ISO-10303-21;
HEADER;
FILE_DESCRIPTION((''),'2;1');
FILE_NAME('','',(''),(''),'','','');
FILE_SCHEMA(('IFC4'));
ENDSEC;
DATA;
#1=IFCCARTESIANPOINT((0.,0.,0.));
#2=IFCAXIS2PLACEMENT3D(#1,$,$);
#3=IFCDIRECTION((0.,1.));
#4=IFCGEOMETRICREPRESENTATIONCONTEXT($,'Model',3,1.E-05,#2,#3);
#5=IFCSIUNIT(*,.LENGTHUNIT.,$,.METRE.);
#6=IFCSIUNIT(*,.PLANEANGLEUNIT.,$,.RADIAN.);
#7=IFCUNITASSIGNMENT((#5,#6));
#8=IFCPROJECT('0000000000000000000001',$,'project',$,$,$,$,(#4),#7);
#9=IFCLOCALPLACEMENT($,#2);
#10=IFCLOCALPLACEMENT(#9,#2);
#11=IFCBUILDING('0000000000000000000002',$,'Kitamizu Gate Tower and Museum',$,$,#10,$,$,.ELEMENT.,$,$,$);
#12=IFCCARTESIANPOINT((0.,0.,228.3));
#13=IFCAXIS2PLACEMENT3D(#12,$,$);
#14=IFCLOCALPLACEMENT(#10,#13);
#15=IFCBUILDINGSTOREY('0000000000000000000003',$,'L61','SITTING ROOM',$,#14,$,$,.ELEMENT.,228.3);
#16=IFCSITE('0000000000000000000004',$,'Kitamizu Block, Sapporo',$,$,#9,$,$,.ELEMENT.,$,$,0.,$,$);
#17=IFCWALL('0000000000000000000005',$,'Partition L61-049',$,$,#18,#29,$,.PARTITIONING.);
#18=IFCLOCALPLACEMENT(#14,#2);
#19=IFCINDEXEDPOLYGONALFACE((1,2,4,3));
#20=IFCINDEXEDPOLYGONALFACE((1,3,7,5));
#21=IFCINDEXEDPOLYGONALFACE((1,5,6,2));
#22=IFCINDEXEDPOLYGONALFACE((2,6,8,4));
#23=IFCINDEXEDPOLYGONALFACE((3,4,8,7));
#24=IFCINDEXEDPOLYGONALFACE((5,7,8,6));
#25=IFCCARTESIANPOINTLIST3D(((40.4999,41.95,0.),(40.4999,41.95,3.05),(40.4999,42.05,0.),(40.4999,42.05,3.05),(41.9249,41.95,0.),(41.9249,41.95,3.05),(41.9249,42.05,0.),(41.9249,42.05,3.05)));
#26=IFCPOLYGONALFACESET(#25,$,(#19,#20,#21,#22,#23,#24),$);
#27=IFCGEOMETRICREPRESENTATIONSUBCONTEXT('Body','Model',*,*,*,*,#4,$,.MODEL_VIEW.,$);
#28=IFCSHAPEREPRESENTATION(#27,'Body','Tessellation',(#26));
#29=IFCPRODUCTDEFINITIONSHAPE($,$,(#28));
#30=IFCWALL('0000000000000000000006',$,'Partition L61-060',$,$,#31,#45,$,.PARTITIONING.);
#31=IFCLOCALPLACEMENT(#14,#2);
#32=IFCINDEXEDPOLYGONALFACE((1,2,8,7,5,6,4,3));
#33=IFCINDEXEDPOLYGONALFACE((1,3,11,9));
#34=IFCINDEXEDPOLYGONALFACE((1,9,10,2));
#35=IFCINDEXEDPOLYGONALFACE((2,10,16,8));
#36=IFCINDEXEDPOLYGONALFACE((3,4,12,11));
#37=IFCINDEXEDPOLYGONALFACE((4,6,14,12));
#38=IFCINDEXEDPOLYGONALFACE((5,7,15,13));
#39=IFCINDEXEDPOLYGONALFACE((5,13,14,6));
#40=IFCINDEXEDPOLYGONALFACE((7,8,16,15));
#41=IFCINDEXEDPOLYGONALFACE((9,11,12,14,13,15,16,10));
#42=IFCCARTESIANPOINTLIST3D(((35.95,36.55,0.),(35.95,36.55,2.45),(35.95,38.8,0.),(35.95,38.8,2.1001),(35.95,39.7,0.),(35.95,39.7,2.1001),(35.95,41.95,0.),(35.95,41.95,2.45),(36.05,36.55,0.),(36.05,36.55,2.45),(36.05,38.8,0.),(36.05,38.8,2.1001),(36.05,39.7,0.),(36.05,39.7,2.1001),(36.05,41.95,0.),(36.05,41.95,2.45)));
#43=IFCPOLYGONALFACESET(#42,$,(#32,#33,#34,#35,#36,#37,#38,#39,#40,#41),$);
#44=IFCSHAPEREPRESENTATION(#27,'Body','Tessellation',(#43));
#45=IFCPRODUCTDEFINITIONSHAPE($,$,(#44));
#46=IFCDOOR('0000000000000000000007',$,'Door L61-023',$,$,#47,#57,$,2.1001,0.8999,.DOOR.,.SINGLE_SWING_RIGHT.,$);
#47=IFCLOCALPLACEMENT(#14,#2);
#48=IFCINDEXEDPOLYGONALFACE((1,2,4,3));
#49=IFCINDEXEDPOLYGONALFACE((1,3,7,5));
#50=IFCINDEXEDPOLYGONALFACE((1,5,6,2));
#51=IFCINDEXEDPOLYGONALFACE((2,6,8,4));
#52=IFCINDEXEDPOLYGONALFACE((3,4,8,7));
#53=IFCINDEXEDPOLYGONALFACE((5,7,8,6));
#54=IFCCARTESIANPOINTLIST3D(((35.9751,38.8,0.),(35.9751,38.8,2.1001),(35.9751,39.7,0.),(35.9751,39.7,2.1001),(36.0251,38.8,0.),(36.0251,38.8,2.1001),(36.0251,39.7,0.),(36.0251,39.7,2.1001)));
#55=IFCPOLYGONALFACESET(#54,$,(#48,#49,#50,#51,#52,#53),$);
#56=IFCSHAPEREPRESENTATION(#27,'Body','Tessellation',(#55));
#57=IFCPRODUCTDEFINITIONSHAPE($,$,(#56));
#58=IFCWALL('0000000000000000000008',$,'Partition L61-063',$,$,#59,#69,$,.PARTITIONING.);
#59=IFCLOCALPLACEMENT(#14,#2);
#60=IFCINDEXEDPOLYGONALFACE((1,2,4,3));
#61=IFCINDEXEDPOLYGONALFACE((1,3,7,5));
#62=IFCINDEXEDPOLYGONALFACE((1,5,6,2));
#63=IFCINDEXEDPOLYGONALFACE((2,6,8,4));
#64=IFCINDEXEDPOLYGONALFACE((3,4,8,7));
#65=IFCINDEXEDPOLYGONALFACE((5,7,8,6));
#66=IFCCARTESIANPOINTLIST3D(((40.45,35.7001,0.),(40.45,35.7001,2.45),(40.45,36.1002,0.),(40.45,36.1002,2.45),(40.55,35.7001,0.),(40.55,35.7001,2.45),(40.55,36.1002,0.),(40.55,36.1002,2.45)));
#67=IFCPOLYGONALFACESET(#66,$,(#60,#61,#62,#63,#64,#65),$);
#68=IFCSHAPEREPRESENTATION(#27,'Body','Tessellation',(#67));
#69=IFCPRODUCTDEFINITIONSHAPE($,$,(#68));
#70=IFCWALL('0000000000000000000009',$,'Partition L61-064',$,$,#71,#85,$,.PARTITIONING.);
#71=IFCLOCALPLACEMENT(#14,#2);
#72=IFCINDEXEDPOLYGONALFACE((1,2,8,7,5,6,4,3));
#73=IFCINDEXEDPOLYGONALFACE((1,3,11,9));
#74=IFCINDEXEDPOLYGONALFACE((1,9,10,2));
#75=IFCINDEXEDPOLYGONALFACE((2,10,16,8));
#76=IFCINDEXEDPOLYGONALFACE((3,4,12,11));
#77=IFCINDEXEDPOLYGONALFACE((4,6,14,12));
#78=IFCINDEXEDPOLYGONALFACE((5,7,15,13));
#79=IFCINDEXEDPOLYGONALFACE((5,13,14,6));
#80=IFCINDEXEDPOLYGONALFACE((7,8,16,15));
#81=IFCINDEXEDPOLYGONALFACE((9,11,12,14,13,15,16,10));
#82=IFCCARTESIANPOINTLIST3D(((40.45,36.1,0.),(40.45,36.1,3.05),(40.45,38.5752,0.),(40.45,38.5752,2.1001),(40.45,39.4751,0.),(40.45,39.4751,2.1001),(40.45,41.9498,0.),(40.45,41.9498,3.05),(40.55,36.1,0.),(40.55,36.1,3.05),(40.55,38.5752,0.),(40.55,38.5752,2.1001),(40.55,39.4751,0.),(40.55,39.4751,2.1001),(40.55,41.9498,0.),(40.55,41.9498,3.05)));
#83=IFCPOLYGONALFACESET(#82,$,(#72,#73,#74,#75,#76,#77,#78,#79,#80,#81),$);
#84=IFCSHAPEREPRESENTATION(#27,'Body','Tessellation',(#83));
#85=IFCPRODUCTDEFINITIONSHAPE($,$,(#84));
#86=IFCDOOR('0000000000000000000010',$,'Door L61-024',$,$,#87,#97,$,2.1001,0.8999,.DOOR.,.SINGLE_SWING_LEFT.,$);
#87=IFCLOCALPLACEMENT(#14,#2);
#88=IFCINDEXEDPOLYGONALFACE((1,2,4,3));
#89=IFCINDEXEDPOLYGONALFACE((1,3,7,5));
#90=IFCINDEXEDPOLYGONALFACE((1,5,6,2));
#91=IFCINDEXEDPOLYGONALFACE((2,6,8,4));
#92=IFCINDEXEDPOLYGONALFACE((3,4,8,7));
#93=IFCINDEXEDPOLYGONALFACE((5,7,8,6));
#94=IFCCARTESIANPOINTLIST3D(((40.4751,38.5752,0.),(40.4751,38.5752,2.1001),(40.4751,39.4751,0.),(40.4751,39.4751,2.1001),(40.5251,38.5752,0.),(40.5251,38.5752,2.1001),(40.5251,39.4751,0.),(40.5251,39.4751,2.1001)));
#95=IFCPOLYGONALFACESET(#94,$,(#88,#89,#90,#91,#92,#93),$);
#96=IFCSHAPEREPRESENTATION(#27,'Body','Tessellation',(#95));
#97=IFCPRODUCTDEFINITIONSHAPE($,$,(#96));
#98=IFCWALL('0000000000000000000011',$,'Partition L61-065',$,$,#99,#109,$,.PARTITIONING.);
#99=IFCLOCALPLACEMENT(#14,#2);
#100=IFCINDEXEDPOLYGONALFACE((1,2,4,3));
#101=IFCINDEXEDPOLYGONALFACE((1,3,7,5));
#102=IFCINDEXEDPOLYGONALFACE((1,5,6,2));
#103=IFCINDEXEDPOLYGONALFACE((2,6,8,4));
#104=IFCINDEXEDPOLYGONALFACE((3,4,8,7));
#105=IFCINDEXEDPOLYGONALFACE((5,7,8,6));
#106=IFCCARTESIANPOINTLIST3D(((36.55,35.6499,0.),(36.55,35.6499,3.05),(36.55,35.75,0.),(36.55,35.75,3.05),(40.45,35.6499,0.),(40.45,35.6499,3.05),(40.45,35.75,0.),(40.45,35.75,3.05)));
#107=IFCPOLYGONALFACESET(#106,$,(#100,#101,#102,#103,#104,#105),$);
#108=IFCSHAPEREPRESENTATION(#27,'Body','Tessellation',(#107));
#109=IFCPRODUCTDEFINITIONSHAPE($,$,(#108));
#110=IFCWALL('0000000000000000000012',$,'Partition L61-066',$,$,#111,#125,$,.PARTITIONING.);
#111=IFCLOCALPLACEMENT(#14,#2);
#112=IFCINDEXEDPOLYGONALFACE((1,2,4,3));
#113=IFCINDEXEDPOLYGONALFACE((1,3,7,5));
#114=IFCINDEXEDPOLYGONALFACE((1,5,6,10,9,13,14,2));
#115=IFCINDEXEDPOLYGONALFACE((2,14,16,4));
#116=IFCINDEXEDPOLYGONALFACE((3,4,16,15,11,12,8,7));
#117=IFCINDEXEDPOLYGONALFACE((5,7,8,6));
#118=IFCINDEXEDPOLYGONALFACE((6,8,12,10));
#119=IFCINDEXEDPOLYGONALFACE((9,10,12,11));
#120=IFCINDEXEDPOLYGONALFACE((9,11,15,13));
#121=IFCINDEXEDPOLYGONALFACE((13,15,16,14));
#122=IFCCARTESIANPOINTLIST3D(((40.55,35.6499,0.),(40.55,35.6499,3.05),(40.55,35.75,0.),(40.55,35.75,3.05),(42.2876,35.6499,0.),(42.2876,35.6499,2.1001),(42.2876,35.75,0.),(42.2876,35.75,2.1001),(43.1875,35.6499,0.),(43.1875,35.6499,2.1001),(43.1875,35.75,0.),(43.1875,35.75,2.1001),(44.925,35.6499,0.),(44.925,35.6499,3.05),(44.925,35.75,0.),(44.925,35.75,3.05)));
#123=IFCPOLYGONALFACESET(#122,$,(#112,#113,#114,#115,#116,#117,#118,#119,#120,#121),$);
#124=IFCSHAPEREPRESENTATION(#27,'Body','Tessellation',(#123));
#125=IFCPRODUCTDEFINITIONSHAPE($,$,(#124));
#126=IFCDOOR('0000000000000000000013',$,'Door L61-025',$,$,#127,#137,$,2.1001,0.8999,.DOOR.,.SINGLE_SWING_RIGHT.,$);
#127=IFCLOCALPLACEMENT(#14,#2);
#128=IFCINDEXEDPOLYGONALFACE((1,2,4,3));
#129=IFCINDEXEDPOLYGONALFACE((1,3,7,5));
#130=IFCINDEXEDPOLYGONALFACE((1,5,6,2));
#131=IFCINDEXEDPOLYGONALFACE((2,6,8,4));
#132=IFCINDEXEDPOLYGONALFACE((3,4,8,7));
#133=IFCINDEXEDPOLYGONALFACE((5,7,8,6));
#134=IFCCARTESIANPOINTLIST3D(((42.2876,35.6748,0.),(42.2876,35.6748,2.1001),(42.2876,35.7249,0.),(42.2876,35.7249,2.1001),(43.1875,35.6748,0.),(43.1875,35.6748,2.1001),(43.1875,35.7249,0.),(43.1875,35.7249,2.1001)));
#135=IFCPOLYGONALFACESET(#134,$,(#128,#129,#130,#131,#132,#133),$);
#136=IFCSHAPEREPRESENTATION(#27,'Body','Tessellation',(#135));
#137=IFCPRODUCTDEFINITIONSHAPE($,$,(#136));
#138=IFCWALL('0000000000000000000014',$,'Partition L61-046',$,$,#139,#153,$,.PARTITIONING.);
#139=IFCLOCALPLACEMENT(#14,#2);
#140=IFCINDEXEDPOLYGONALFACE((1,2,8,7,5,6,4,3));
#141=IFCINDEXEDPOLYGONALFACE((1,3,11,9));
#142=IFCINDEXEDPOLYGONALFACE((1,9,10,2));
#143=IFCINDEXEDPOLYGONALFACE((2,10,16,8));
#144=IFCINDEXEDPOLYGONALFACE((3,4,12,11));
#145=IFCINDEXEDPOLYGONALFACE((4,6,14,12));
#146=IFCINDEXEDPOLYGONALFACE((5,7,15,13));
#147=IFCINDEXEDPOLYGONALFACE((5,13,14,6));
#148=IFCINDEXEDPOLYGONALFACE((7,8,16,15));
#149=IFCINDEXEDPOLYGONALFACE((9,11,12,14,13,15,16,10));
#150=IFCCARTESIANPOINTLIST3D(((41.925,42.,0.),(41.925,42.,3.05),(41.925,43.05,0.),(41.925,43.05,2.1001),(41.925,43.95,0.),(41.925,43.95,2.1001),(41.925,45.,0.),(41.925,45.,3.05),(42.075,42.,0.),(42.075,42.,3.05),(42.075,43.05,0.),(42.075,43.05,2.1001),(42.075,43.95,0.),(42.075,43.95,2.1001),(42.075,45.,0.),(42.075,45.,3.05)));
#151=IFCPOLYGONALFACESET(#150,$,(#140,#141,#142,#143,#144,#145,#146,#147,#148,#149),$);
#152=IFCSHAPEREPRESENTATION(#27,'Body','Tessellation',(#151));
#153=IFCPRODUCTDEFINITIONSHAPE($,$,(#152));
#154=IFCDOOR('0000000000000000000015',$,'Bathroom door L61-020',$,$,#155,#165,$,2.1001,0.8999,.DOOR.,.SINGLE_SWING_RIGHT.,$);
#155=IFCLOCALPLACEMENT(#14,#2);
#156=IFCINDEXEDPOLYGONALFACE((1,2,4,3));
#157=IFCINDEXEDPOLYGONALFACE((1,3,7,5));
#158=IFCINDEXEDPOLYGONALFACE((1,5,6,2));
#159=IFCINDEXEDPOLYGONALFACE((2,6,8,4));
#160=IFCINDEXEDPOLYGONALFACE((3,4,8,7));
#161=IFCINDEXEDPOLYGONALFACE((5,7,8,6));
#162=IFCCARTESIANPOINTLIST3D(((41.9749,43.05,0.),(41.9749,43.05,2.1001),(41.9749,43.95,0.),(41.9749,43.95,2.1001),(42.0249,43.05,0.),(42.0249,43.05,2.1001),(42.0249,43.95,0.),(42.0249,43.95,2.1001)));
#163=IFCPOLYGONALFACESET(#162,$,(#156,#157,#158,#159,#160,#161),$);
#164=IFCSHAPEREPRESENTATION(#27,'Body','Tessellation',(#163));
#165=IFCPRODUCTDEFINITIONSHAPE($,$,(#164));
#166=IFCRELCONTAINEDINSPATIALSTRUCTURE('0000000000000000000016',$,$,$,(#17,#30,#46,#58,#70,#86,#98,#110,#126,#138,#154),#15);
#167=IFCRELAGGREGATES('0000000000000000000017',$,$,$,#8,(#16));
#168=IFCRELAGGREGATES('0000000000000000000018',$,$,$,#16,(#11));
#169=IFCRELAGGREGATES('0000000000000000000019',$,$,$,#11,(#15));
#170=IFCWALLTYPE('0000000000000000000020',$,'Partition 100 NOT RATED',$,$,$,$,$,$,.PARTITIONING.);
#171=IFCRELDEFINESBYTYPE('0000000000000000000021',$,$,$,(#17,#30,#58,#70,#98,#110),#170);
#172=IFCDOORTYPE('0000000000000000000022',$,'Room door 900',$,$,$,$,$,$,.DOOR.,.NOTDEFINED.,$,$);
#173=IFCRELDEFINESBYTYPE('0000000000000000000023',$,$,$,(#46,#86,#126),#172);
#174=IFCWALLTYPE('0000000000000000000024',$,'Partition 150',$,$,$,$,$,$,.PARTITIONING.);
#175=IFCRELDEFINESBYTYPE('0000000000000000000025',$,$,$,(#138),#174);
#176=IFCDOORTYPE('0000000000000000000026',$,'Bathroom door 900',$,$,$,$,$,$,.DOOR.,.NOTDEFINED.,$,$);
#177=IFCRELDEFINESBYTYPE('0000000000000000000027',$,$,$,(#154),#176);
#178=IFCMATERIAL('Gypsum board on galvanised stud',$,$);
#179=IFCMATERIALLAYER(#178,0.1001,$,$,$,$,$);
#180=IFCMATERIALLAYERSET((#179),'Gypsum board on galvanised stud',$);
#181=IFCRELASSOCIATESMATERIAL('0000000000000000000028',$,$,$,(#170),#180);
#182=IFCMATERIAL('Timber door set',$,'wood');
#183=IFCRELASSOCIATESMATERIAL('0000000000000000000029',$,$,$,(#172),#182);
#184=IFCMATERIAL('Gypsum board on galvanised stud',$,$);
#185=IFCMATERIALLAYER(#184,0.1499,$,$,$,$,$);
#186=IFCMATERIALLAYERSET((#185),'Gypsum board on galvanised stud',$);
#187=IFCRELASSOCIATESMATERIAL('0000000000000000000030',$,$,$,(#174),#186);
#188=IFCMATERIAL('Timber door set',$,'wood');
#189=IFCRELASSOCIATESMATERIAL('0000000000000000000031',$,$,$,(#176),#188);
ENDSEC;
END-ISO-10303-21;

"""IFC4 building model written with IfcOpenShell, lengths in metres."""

from ifc_helpers import new_model, si_unit, direction, frame, frame_2d, origin, place, context, subcontext, project, spatial, rectangle, extrude, material, layer, layer_set, type_object, element, fill, save


model = new_model("IFC4")

# Units and contexts
model_context = context("Model", 3, precision=1e-05, world=origin(), true_north=direction((0.0, 1.0)))
body_context = subcontext(model_context, "Body", "Model", "MODEL_VIEW")
ifc_project = project(units=[si_unit("LENGTHUNIT", "METRE"), si_unit("PLANEANGLEUNIT", "RADIAN")], contexts=[model_context])

# Site, building, storey
site_placement = place(None, origin())
site = spatial("IfcSite", under=ifc_project, at=site_placement, Name="Kitamizu Block, Sapporo", CompositionType="ELEMENT", RefElevation=0.0)
building_placement = place(site_placement, origin())
building = spatial("IfcBuilding", under=site, at=building_placement, Name="Kitamizu Gate Tower and Museum", CompositionType="ELEMENT")
storey_placement = place(building_placement, frame((0.0, 0.0, 228.3)))
storey = spatial("IfcBuildingStorey", under=building, at=storey_placement, Name="L61", Description="SITTING ROOM", CompositionType="ELEMENT", Elevation=228.3)

# Shared definitions
ifc_material_1 = material(Name="Gypsum board on galvanised stud")
ifc_layer_1 = layer(ifc_material_1, 0.1001)
ifc_layer_set_1 = layer_set([ifc_layer_1], Name="Gypsum board on galvanised stud")
wall_type_1 = type_object("IfcWallType", Name="Partition 100 NOT RATED", PredefinedType="PARTITIONING", material=ifc_layer_set_1)
ifc_material_2 = material(Name="Timber door set", Category="wood")
door_type_1 = type_object("IfcDoorType", Name="Room door 900", OperationType="NOTDEFINED", PredefinedType="DOOR", material=ifc_material_2)

# Wall
wall_1_placement = place(storey_placement, frame((40.5, 42.0, 0.0), z_axis=(0.0, 0.0, 1.0), x_axis=(1.0, 0.0, 0.0)))
element("IfcWall", 1, at=wall_1_placement, inside=storey, type_object=wall_type_1, Name="Partition L61-049", PredefinedType="PARTITIONING", context=body_context, shape_type="SweptSolid", body=[
    extrude(rectangle(XDim=1.425, YDim=0.1001, at=frame_2d((0.7124, 0.0))), origin(), (0.0, 0.0, 1.0), 3.05),
])

# Wall, opening, door
wall_2_placement = place(storey_placement, frame((36.0, 36.55, 0.0), z_axis=(0.0, 0.0, 1.0), x_axis=(0.0, 1.0, 0.0)))
wall_2 = element("IfcWall", 2, at=wall_2_placement, inside=storey, type_object=wall_type_1, Name="Partition L61-060", PredefinedType="PARTITIONING", context=body_context, shape_type="SweptSolid", body=[
    extrude(rectangle(XDim=5.3999, YDim=0.1001, at=frame_2d((2.7, 0.0))), origin(), (0.0, 0.0, 1.0), 2.45),
])
opening_1_placement = place(wall_2_placement, frame((2.25, 0.0, 0.0)))
opening_1 = element("IfcOpeningElement", 3, at=opening_1_placement, cuts=wall_2, PredefinedType="OPENING", context=body_context, shape_type="SweptSolid", body=[
    extrude(rectangle(XDim=0.8999, YDim=2.1001, at=frame_2d((0.45, 1.05))), frame((0.0, 0.0601, 0.0), z_axis=(0.0, -1.0, 0.0), x_axis=(1.0, 0.0, 0.0)), (0.0, 0.0, 1.0), 0.1201),
])
door_1_placement = place(opening_1_placement, origin())
door_1 = element("IfcDoor", 4, at=door_1_placement, inside=storey, type_object=door_type_1, Name="Door L61-023", OperationType="SINGLE_SWING_RIGHT", OverallHeight=2.1001, OverallWidth=0.8999, PredefinedType="DOOR", context=body_context, shape_type="SweptSolid", body=[
    extrude(rectangle(XDim=0.8999, YDim=2.1001, at=frame_2d((0.45, 1.05))), frame((0.0, 0.0249, 0.0), z_axis=(0.0, -1.0, 0.0), x_axis=(1.0, 0.0, 0.0)), (0.0, 0.0, 1.0), 0.05),
])
fill(opening_1, door_1)

# Wall
wall_3_placement = place(storey_placement, frame((40.5, 35.7, 0.0), z_axis=(0.0, 0.0, 1.0), x_axis=(0.0, 1.0, 0.0)))
element("IfcWall", 5, at=wall_3_placement, inside=storey, type_object=wall_type_1, Name="Partition L61-063", PredefinedType="PARTITIONING", context=body_context, shape_type="SweptSolid", body=[
    extrude(rectangle(XDim=0.4001, YDim=0.1001, at=frame_2d((0.2002, 0.0))), origin(), (0.0, 0.0, 1.0), 2.45),
])

# Wall, opening, door
wall_4_placement = place(storey_placement, frame((40.5, 36.1001, 0.0), z_axis=(0.0, 0.0, 1.0), x_axis=(0.0, 1.0, 0.0)))
wall_4 = element("IfcWall", 6, at=wall_4_placement, inside=storey, type_object=wall_type_1, Name="Partition L61-064", PredefinedType="PARTITIONING", context=body_context, shape_type="SweptSolid", body=[
    extrude(rectangle(XDim=5.8499, YDim=0.1001, at=frame_2d((2.9248, 0.0))), origin(), (0.0, 0.0, 1.0), 3.05),
])
opening_2_placement = place(wall_4_placement, frame((2.4751, 0.0, 0.0)))
opening_2 = element("IfcOpeningElement", 7, at=opening_2_placement, cuts=wall_4, PredefinedType="OPENING", context=body_context, shape_type="SweptSolid", body=[
    extrude(rectangle(XDim=0.8999, YDim=2.1001, at=frame_2d((0.45, 1.05))), frame((0.0, 0.0601, 0.0), z_axis=(0.0, -1.0, 0.0), x_axis=(1.0, 0.0, 0.0)), (0.0, 0.0, 1.0), 0.1201),
])
door_2_placement = place(opening_2_placement, origin())
door_2 = element("IfcDoor", 8, at=door_2_placement, inside=storey, type_object=door_type_1, Name="Door L61-024", OperationType="SINGLE_SWING_LEFT", OverallHeight=2.1001, OverallWidth=0.8999, PredefinedType="DOOR", context=body_context, shape_type="SweptSolid", body=[
    extrude(rectangle(XDim=0.8999, YDim=2.1001, at=frame_2d((0.45, 1.05))), frame((0.0, 0.0249, 0.0), z_axis=(0.0, -1.0, 0.0), x_axis=(1.0, 0.0, 0.0)), (0.0, 0.0, 1.0), 0.05),
])
fill(opening_2, door_2)

# Wall
wall_5_placement = place(storey_placement, frame((36.55, 35.7, 0.0), z_axis=(0.0, 0.0, 1.0), x_axis=(1.0, 0.0, 0.0)))
element("IfcWall", 9, at=wall_5_placement, inside=storey, type_object=wall_type_1, Name="Partition L61-065", PredefinedType="PARTITIONING", context=body_context, shape_type="SweptSolid", body=[
    extrude(rectangle(XDim=3.8999, YDim=0.1001, at=frame_2d((1.95, 0.0))), origin(), (0.0, 0.0, 1.0), 3.05),
])

# Walls, openings, doors
wall_6_placement = place(storey_placement, frame((40.55, 35.7, 0.0), z_axis=(0.0, 0.0, 1.0), x_axis=(1.0, 0.0, 0.0)))
wall_6 = element("IfcWall", 10, at=wall_6_placement, inside=storey, type_object=wall_type_1, Name="Partition L61-066", PredefinedType="PARTITIONING", context=body_context, shape_type="SweptSolid", body=[
    extrude(rectangle(XDim=4.375, YDim=0.1001, at=frame_2d((2.1875, 0.0))), origin(), (0.0, 0.0, 1.0), 3.05),
])
opening_3_placement = place(wall_6_placement, frame((1.7375, 0.0, 0.0)))
opening_3 = element("IfcOpeningElement", 11, at=opening_3_placement, cuts=wall_6, PredefinedType="OPENING", context=body_context, shape_type="SweptSolid", body=[
    extrude(rectangle(XDim=0.8999, YDim=2.1001, at=frame_2d((0.45, 1.05))), frame((0.0, 0.0601, 0.0), z_axis=(0.0, -1.0, 0.0), x_axis=(1.0, 0.0, 0.0)), (0.0, 0.0, 1.0), 0.1201),
])
door_3_placement = place(opening_3_placement, origin())
door_3 = element("IfcDoor", 12, at=door_3_placement, inside=storey, type_object=door_type_1, Name="Door L61-025", OperationType="SINGLE_SWING_RIGHT", OverallHeight=2.1001, OverallWidth=0.8999, PredefinedType="DOOR", context=body_context, shape_type="SweptSolid", body=[
    extrude(rectangle(XDim=0.8999, YDim=2.1001, at=frame_2d((0.45, 1.05))), frame((0.0, 0.0249, 0.0), z_axis=(0.0, -1.0, 0.0), x_axis=(1.0, 0.0, 0.0)), (0.0, 0.0, 1.0), 0.05),
])
fill(opening_3, door_3)
ifc_material_3 = material(Name="Gypsum board on galvanised stud")
ifc_layer_2 = layer(ifc_material_3, 0.1499)
ifc_layer_set_2 = layer_set([ifc_layer_2], Name="Gypsum board on galvanised stud")
wall_type_2 = type_object("IfcWallType", Name="Partition 150", PredefinedType="PARTITIONING", material=ifc_layer_set_2)
wall_7_placement = place(storey_placement, frame((42.0, 42.0, 0.0), z_axis=(0.0, 0.0, 1.0), x_axis=(0.0, 1.0, 0.0)))
wall_7 = element("IfcWall", 13, at=wall_7_placement, inside=storey, type_object=wall_type_2, Name="Partition L61-046", PredefinedType="PARTITIONING", context=body_context, shape_type="SweptSolid", body=[
    extrude(rectangle(XDim=3.0, YDim=0.1499, at=frame_2d((1.5, 0.0))), origin(), (0.0, 0.0, 1.0), 3.05),
])
opening_4_placement = place(wall_7_placement, frame((1.05, 0.0, 0.0)))
opening_4 = element("IfcOpeningElement", 14, at=opening_4_placement, cuts=wall_7, PredefinedType="OPENING", context=body_context, shape_type="SweptSolid", body=[
    extrude(rectangle(XDim=0.8999, YDim=2.1001, at=frame_2d((0.45, 1.05))), frame((0.0, 0.085, 0.0), z_axis=(0.0, -1.0, 0.0), x_axis=(1.0, 0.0, 0.0)), (0.0, 0.0, 1.0), 0.1699),
])
ifc_material_4 = material(Name="Timber door set", Category="wood")
door_type_2 = type_object("IfcDoorType", Name="Bathroom door 900", OperationType="NOTDEFINED", PredefinedType="DOOR", material=ifc_material_4)
door_4_placement = place(opening_4_placement, frame((0.8999, 0.0, 0.0), x_axis=(-1.0, 0.0, 0.0)))
door_4 = element("IfcDoor", 15, at=door_4_placement, inside=storey, type_object=door_type_2, Name="Bathroom door L61-020", OperationType="SINGLE_SWING_RIGHT", OverallHeight=2.1001, OverallWidth=0.8999, PredefinedType="DOOR", context=body_context, shape_type="SweptSolid", body=[
    extrude(rectangle(XDim=0.8999, YDim=2.1001, at=frame_2d((0.45, 1.05))), frame((0.0, 0.0249, 0.0), z_axis=(0.0, -1.0, 0.0), x_axis=(1.0, 0.0, 0.0)), (0.0, 0.0, 1.0), 0.05),
])
fill(opening_4, door_4)

save(model, "model.ifc")
